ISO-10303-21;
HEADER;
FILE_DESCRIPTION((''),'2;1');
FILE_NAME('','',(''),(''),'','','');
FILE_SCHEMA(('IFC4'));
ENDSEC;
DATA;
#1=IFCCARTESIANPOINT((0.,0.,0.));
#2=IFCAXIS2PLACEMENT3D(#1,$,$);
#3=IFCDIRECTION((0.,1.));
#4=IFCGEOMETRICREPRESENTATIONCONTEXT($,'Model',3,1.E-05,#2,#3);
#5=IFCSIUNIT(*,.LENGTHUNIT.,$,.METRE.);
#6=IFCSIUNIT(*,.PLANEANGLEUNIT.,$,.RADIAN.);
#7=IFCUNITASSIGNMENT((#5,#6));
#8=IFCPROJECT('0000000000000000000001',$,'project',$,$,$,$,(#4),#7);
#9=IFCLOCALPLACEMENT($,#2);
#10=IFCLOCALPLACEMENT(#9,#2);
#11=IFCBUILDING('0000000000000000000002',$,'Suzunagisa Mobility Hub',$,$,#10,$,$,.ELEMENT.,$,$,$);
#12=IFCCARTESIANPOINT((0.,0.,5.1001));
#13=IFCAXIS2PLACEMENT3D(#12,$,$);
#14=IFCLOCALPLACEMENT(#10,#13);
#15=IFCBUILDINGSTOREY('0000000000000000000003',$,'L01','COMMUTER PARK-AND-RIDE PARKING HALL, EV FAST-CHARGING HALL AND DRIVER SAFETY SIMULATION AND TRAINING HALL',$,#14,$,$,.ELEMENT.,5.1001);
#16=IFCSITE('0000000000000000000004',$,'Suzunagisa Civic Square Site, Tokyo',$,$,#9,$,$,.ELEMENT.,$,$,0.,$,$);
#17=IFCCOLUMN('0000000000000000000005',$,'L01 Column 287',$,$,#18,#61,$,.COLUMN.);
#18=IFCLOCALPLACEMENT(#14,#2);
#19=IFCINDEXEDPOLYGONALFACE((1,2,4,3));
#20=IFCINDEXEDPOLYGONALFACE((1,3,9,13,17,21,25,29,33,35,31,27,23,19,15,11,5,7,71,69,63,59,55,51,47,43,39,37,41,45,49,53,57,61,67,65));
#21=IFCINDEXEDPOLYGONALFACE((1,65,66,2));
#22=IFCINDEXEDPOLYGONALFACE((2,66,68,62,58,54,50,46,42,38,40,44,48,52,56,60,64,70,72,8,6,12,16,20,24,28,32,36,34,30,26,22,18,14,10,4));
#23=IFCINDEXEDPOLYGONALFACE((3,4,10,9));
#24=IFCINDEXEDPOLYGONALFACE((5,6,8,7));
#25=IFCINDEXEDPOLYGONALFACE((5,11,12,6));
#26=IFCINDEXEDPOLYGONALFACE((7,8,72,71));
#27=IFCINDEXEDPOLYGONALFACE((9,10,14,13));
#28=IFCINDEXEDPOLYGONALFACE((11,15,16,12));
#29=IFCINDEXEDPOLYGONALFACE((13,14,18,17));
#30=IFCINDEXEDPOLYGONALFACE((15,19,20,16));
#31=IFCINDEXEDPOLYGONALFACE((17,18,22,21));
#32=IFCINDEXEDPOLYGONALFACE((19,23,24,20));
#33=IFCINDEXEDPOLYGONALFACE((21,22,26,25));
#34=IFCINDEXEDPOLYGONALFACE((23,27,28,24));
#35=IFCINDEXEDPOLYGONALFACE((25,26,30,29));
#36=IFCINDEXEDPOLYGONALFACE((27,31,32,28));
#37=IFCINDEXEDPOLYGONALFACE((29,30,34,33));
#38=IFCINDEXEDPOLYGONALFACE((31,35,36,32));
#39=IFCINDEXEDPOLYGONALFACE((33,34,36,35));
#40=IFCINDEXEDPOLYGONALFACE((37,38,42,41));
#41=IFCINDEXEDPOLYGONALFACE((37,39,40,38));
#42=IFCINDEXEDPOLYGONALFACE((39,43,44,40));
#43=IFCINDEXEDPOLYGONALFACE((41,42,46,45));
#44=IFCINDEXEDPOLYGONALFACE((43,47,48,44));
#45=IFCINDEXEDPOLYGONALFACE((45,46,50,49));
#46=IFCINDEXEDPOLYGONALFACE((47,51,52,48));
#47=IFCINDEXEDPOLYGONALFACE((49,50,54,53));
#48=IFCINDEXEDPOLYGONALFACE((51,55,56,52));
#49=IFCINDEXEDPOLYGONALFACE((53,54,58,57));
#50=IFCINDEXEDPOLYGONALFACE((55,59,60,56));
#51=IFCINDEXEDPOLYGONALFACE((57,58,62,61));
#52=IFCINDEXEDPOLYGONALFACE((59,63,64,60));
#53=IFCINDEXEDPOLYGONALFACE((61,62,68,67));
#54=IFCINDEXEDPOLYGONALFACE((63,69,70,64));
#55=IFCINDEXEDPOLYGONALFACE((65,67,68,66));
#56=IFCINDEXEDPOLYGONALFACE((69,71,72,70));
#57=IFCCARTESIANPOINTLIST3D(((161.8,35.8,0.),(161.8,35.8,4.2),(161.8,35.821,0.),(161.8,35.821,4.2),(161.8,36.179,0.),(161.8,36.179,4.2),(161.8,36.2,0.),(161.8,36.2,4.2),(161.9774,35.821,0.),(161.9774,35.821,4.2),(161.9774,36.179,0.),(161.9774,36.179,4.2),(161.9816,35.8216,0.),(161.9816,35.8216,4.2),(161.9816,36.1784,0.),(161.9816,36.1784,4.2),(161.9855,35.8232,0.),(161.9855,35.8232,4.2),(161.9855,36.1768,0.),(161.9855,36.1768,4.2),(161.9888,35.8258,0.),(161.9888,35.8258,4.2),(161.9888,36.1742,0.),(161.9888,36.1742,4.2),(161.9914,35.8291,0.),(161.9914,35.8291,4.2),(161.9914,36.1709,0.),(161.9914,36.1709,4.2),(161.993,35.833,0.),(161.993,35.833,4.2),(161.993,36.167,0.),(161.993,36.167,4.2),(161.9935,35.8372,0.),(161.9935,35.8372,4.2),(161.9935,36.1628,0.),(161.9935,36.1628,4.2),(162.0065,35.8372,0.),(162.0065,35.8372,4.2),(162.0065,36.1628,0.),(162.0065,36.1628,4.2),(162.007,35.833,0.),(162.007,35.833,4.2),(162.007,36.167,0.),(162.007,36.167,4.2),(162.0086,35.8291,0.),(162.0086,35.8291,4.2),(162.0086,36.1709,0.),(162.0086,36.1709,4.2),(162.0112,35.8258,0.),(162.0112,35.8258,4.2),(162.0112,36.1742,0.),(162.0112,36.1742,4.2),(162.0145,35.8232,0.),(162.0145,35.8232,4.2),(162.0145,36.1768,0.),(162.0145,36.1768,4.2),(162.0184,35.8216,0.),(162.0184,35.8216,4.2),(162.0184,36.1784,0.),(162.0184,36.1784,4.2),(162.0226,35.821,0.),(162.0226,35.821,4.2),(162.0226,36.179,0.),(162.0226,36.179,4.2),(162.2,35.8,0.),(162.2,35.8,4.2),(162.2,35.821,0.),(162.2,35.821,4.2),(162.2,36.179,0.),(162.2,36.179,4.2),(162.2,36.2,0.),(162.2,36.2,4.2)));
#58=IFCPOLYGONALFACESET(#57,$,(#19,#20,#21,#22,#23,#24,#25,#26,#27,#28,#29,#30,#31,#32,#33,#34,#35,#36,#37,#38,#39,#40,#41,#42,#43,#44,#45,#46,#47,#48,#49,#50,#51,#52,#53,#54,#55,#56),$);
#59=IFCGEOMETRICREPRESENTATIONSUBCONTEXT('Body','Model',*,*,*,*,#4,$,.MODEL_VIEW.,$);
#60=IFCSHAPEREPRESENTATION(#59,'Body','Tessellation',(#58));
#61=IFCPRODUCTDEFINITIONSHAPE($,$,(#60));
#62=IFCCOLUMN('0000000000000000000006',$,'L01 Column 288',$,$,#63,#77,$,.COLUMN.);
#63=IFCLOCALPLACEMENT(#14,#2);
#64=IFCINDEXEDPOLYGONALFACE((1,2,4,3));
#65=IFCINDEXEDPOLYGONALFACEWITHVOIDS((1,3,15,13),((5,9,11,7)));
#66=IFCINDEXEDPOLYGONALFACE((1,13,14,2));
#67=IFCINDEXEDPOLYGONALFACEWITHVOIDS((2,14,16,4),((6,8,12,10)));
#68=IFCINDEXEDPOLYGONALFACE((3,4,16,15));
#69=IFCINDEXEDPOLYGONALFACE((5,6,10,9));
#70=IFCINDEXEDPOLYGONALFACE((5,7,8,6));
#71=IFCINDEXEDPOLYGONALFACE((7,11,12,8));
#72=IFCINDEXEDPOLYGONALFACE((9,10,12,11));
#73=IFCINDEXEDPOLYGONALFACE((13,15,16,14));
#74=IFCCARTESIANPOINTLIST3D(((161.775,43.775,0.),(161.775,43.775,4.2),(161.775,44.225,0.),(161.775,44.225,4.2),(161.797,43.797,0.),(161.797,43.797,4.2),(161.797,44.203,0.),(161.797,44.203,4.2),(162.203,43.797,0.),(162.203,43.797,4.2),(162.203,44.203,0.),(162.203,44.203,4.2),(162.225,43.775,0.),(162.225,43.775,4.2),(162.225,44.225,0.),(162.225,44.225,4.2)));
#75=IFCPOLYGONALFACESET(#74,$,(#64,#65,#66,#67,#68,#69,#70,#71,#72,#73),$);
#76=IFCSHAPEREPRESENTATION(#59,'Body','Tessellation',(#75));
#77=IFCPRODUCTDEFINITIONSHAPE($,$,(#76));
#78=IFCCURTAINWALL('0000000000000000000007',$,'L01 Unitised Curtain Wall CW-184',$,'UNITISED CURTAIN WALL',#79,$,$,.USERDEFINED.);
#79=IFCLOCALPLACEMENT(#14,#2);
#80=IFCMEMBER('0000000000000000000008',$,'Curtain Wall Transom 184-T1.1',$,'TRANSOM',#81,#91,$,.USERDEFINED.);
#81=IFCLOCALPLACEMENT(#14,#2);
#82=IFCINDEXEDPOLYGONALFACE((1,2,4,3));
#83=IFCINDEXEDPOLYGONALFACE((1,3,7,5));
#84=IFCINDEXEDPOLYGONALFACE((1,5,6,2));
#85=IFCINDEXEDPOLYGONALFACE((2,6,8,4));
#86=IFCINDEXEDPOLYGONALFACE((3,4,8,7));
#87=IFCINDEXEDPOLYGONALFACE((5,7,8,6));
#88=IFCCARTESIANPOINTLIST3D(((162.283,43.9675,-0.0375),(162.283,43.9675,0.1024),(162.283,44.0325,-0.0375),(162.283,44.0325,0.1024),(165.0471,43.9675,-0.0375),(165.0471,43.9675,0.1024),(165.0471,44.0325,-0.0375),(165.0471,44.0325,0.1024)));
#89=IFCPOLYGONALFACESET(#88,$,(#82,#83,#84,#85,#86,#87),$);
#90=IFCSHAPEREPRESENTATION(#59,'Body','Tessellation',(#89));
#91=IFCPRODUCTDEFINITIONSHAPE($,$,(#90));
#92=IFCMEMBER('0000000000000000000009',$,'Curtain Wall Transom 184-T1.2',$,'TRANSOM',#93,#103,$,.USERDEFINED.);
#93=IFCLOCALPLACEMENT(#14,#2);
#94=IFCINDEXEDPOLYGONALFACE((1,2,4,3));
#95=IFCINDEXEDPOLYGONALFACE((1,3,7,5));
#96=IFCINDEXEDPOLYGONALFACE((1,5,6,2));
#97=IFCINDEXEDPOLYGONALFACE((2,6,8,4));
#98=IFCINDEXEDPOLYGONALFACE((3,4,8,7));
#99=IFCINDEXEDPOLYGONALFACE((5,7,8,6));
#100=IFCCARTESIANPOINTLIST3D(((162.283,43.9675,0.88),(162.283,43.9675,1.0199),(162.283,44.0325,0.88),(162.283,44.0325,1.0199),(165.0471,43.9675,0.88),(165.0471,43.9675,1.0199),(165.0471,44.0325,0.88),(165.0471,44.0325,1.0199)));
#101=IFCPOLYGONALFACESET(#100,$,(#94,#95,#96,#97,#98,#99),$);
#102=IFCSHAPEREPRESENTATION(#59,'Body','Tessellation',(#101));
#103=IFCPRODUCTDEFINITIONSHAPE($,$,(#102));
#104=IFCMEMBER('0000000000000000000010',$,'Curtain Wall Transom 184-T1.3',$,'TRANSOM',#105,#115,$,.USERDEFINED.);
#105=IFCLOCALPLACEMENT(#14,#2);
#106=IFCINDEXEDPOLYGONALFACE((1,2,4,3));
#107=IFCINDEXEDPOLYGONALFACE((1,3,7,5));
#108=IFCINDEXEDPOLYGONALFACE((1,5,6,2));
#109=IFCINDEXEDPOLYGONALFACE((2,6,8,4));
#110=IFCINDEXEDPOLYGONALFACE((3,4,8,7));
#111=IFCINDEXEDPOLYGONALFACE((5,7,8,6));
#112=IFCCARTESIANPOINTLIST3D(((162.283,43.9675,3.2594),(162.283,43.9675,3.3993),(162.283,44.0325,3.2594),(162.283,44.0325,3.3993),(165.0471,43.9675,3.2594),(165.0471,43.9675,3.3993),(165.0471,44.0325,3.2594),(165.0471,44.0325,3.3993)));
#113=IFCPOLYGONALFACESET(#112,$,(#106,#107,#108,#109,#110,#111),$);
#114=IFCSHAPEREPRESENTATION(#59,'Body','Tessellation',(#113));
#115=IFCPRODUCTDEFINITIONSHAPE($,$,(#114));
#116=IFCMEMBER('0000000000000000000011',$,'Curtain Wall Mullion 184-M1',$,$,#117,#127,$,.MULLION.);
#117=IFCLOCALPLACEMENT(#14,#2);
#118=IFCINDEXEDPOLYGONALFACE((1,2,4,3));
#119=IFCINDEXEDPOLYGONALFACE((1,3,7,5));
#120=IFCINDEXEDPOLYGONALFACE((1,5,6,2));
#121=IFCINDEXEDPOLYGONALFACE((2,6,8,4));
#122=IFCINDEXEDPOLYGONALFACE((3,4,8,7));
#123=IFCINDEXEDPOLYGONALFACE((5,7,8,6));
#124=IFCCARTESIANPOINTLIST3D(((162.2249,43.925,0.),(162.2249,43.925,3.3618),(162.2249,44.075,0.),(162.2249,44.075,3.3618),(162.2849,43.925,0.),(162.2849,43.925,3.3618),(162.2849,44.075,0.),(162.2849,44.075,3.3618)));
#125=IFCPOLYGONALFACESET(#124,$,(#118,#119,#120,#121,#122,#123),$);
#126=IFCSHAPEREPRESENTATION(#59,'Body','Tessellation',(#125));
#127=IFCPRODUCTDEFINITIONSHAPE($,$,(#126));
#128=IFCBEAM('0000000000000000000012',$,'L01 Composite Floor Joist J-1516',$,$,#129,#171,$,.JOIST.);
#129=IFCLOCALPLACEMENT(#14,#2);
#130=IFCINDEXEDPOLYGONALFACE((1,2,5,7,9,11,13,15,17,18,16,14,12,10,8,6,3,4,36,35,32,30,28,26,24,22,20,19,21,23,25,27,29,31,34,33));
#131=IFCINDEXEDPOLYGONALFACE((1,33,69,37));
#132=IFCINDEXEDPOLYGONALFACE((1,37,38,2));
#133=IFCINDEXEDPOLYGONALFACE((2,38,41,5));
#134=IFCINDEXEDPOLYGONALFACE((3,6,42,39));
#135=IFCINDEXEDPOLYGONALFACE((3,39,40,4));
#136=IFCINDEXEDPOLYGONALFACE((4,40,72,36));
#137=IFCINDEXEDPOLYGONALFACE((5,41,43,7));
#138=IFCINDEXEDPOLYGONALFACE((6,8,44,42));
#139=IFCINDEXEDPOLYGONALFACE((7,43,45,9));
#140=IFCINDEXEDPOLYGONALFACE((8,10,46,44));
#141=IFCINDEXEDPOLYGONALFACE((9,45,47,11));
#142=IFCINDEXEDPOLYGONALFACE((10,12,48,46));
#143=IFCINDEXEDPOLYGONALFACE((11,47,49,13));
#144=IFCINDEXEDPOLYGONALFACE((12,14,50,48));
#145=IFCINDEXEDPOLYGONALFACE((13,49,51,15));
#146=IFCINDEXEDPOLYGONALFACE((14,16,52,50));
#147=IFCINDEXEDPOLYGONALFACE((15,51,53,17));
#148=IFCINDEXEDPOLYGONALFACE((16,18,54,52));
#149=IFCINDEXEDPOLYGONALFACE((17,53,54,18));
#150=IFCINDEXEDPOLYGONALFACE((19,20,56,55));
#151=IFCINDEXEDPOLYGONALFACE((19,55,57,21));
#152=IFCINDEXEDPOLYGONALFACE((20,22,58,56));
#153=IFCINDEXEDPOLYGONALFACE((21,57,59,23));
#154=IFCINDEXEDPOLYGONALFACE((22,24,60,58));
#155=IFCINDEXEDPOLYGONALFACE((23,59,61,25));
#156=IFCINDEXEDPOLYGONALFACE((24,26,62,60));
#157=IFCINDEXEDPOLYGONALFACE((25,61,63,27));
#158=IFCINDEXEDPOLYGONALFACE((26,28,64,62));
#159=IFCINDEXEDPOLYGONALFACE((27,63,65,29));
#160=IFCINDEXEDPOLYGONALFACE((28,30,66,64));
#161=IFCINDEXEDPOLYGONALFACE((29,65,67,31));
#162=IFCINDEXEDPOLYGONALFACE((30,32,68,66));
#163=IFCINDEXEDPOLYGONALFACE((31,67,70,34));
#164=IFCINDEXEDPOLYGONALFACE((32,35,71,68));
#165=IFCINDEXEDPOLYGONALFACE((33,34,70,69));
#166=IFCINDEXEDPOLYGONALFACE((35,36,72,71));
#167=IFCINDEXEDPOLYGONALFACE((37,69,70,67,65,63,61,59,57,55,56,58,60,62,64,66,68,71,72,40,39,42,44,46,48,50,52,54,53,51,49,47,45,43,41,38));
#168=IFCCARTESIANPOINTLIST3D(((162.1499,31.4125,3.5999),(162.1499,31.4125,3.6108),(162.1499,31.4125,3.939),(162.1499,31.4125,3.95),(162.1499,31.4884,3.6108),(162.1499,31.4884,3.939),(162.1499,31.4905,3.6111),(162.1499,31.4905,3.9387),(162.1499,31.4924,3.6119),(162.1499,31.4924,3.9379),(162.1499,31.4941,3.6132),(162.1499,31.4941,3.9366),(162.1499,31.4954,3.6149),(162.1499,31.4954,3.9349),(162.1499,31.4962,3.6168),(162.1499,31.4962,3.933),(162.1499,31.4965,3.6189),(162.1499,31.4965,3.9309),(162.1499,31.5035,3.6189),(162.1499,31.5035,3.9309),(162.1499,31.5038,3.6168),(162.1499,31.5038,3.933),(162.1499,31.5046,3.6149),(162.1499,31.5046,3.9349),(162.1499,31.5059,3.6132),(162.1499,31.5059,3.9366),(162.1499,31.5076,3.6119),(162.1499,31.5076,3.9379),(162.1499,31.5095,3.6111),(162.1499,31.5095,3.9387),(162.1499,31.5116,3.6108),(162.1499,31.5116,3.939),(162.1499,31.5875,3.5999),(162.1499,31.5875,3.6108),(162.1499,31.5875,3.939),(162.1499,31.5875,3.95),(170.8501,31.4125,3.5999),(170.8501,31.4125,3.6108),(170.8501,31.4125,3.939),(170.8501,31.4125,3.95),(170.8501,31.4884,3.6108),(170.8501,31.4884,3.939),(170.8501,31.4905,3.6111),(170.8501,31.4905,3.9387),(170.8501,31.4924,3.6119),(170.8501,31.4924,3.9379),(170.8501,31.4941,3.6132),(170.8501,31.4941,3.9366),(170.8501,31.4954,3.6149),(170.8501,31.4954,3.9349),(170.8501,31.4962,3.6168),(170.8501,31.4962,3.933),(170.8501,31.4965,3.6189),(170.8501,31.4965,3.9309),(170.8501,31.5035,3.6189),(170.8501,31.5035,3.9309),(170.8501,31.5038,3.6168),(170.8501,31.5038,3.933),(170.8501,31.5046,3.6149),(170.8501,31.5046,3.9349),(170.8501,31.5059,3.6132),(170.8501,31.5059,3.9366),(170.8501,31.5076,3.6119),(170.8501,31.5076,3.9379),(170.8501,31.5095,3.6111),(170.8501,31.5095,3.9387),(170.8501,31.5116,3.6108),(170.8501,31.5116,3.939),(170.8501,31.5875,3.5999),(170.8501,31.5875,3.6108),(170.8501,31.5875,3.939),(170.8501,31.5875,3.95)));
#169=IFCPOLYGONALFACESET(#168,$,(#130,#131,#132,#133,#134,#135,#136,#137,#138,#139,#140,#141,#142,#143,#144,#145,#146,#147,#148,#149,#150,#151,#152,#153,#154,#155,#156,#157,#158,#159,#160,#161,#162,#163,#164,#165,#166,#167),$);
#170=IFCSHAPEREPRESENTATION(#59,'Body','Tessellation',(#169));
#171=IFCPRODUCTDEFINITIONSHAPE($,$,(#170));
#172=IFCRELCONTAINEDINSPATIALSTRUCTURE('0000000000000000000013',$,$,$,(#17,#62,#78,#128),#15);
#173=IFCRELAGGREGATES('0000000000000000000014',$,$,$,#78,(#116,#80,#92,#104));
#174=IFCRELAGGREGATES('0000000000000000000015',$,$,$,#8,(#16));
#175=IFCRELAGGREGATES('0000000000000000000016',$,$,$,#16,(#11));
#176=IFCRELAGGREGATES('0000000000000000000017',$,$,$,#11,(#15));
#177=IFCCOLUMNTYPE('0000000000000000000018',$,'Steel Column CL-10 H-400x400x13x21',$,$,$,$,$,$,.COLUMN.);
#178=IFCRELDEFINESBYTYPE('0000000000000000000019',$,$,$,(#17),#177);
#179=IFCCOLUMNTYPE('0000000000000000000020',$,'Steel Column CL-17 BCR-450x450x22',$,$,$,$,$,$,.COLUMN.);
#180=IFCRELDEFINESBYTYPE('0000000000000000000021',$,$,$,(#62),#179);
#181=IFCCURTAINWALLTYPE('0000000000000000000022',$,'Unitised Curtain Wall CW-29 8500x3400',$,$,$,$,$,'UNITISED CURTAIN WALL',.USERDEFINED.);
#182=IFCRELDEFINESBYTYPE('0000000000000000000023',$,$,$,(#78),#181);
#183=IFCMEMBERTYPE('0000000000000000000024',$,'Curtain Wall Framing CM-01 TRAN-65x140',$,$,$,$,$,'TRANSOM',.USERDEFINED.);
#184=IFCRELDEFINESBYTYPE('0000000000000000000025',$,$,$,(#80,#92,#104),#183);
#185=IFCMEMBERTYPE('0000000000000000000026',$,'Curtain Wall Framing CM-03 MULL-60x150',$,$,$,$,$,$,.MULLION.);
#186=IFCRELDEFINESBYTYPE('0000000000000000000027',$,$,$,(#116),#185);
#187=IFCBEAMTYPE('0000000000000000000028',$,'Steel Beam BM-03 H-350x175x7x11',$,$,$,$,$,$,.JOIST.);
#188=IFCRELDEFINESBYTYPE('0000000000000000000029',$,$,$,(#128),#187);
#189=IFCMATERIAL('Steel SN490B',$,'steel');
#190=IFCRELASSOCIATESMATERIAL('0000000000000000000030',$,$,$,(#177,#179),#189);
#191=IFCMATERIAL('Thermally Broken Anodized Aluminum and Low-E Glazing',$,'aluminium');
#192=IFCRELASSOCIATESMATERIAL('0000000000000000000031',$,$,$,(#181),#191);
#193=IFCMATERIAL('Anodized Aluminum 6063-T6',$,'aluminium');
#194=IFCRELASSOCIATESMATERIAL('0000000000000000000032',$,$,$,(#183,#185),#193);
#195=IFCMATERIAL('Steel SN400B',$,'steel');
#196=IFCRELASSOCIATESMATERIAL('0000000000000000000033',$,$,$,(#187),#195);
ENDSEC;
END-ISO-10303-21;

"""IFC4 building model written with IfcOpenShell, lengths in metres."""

from ifc_helpers import new_model, si_unit, direction, frame, origin, origin_2d, place, context, subcontext, project, spatial, rectangle, hollow_rectangle, i_section, extrude, material, material_profile, profile_set, type_object, element, aggregate, save


model = new_model("IFC4")

# Units and contexts
model_context = context("Model", 3, precision=1e-05, world=origin(), true_north=direction((0.0, 1.0)))
body_context = subcontext(model_context, "Body", "Model", "MODEL_VIEW")
ifc_project = project(units=[si_unit("LENGTHUNIT", "METRE"), si_unit("PLANEANGLEUNIT", "RADIAN")], contexts=[model_context])

# Site, building, storey
site_placement = place(None, origin())
site = spatial("IfcSite", under=ifc_project, at=site_placement, Name="Suzunagisa Civic Square Site, Tokyo", CompositionType="ELEMENT", RefElevation=0.0)
building_placement = place(site_placement, origin())
building = spatial("IfcBuilding", under=site, at=building_placement, Name="Suzunagisa Mobility Hub", CompositionType="ELEMENT")
storey_placement = place(building_placement, frame((0.0, 0.0, 5.1001)))
storey = spatial("IfcBuildingStorey", under=building, at=storey_placement, Name="L01", Description="COMMUTER PARK-AND-RIDE PARKING HALL, EV FAST-CHARGING HALL AND DRIVER SAFETY SIMULATION AND TRAINING HALL", CompositionType="ELEMENT", Elevation=5.1001)

# Columns
ifc_material_1 = material(Name="Steel SN490B", Category="steel")
ifc_material_profile_1 = material_profile(ifc_material_1, i_section(OverallWidth=0.3999, OverallDepth=0.3999, WebThickness=0.0129, FlangeThickness=0.021, FilletRadius=0.0161, at=origin_2d()), Name="H-400x400x13x21")
ifc_profile_set_1 = profile_set([ifc_material_profile_1], Name="Steel SN490B")
column_type_1 = type_object("IfcColumnType", Name="Steel Column CL-10 H-400x400x13x21", PredefinedType="COLUMN", material=ifc_profile_set_1)
column_1_placement = place(storey_placement, frame((162.0, 36.0, 0.0), z_axis=(0.0, 0.0, 1.0), x_axis=(1.0, 0.0, 0.0)))
element("IfcColumn", 1, at=column_1_placement, inside=storey, type_object=column_type_1, Name="L01 Column 287", PredefinedType="COLUMN", context=body_context, shape_type="SweptSolid", body=[
    extrude(i_section(OverallWidth=0.3999, OverallDepth=0.3999, WebThickness=0.0129, FlangeThickness=0.021, FilletRadius=0.0161, at=origin_2d()), origin(), (0.0, 0.0, 1.0), 4.2),
])
ifc_material_profile_2 = material_profile(ifc_material_1, hollow_rectangle(XDim=0.45, YDim=0.45, WallThickness=0.022, at=origin_2d()), Name="BCR-450x450x22")
ifc_profile_set_2 = profile_set([ifc_material_profile_2], Name="Steel SN490B")
column_type_2 = type_object("IfcColumnType", Name="Steel Column CL-17 BCR-450x450x22", PredefinedType="COLUMN", material=ifc_profile_set_2)
column_2_placement = place(storey_placement, frame((162.0, 44.0, 0.0), z_axis=(0.0, 0.0, 1.0), x_axis=(1.0, 0.0, 0.0)))
element("IfcColumn", 2, at=column_2_placement, inside=storey, type_object=column_type_2, Name="L01 Column 288", PredefinedType="COLUMN", context=body_context, shape_type="SweptSolid", body=[
    extrude(hollow_rectangle(XDim=0.45, YDim=0.45, WallThickness=0.022, at=origin_2d()), origin(), (0.0, 0.0, 1.0), 4.2),
])

# Curtain wall, members
ifc_material_2 = material(Name="Thermally Broken Anodized Aluminum and Low-E Glazing", Category="aluminium")
curtain_wall_type = type_object("IfcCurtainWallType", Name="Unitised Curtain Wall CW-29 8500x3400", ElementType="UNITISED CURTAIN WALL", PredefinedType="USERDEFINED", material=ifc_material_2)
curtain_wall_placement = place(storey_placement, origin())
curtain_wall = element("IfcCurtainWall", 3, at=curtain_wall_placement, inside=storey, type_object=curtain_wall_type, Name="L01 Unitised Curtain Wall CW-184", ObjectType="UNITISED CURTAIN WALL", PredefinedType="USERDEFINED")
ifc_material_3 = material(Name="Anodized Aluminum 6063-T6", Category="aluminium")
ifc_material_profile_3 = material_profile(ifc_material_3, rectangle(XDim=0.0649, YDim=0.1399, at=origin_2d()), Name="TRAN-65x140")
ifc_profile_set_3 = profile_set([ifc_material_profile_3], Name="Anodized Aluminum 6063-T6")
member_type_1 = type_object("IfcMemberType", Name="Curtain Wall Framing CM-01 TRAN-65x140", ElementType="TRANSOM", PredefinedType="USERDEFINED", material=ifc_profile_set_3)
member_1_placement = place(storey_placement, frame((162.283, 44.0, 0.0325), z_axis=(1.0, 0.0, 0.0), x_axis=(0.0, 1.0, 0.0)))
member_1 = element("IfcMember", 4, at=member_1_placement, type_object=member_type_1, Name="Curtain Wall Transom 184-T1.1", ObjectType="TRANSOM", PredefinedType="USERDEFINED", context=body_context, shape_type="SweptSolid", body=[
    extrude(rectangle(XDim=0.0649, YDim=0.1399, at=origin_2d()), origin(), (0.0, 0.0, 1.0), 2.7642),
])
member_2_placement = place(storey_placement, frame((162.283, 44.0, 0.95), z_axis=(1.0, 0.0, 0.0), x_axis=(0.0, 1.0, 0.0)))
member_2 = element("IfcMember", 5, at=member_2_placement, type_object=member_type_1, Name="Curtain Wall Transom 184-T1.2", ObjectType="TRANSOM", PredefinedType="USERDEFINED", context=body_context, shape_type="SweptSolid", body=[
    extrude(rectangle(XDim=0.0649, YDim=0.1399, at=origin_2d()), origin(), (0.0, 0.0, 1.0), 2.7642),
])
member_3_placement = place(storey_placement, frame((162.283, 44.0, 3.3293), z_axis=(1.0, 0.0, 0.0), x_axis=(0.0, 1.0, 0.0)))
member_3 = element("IfcMember", 6, at=member_3_placement, type_object=member_type_1, Name="Curtain Wall Transom 184-T1.3", ObjectType="TRANSOM", PredefinedType="USERDEFINED", context=body_context, shape_type="SweptSolid", body=[
    extrude(rectangle(XDim=0.0649, YDim=0.1399, at=origin_2d()), origin(), (0.0, 0.0, 1.0), 2.7642),
])
ifc_material_profile_4 = material_profile(ifc_material_3, rectangle(XDim=0.0601, YDim=0.1499, at=origin_2d()), Name="MULL-60x150")
ifc_profile_set_4 = profile_set([ifc_material_profile_4], Name="Anodized Aluminum 6063-T6")
member_type_2 = type_object("IfcMemberType", Name="Curtain Wall Framing CM-03 MULL-60x150", PredefinedType="MULLION", material=ifc_profile_set_4)
member_4_placement = place(storey_placement, frame((162.2549, 44.0, 0.0), z_axis=(0.0, 0.0, 1.0), x_axis=(1.0, 0.0, 0.0)))
member_4 = element("IfcMember", 7, at=member_4_placement, type_object=member_type_2, Name="Curtain Wall Mullion 184-M1", PredefinedType="MULLION", context=body_context, shape_type="SweptSolid", body=[
    extrude(rectangle(XDim=0.0601, YDim=0.1499, at=origin_2d()), origin(), (0.0, 0.0, 1.0), 3.3618),
])

# Beam
ifc_material_4 = material(Name="Steel SN400B", Category="steel")
ifc_material_profile_5 = material_profile(ifc_material_4, i_section(OverallWidth=0.175, OverallDepth=0.3501, WebThickness=0.0071, FlangeThickness=0.011, FilletRadius=0.0081, at=origin_2d()), Name="H-350x175x7x11")
ifc_profile_set_5 = profile_set([ifc_material_profile_5], Name="Steel SN400B")
beam_type_1 = type_object("IfcBeamType", Name="Steel Beam BM-03 H-350x175x7x11", PredefinedType="JOIST", material=ifc_profile_set_5)
beam_1_placement = place(storey_placement, frame((162.1499, 31.5, 3.7749), z_axis=(1.0, 0.0, 0.0), x_axis=(0.0, 1.0, 0.0)))
element("IfcBeam", 8, at=beam_1_placement, inside=storey, type_object=beam_type_1, Name="L01 Composite Floor Joist J-1516", PredefinedType="JOIST", context=body_context, shape_type="SweptSolid", body=[
    extrude(i_section(OverallWidth=0.175, OverallDepth=0.3501, WebThickness=0.0071, FlangeThickness=0.011, FilletRadius=0.0081, at=origin_2d()), origin(), (0.0, 0.0, 1.0), 8.7002),
])

aggregate(curtain_wall, [member_4, member_1, member_2, member_3])

save(model, "model.ifc")
